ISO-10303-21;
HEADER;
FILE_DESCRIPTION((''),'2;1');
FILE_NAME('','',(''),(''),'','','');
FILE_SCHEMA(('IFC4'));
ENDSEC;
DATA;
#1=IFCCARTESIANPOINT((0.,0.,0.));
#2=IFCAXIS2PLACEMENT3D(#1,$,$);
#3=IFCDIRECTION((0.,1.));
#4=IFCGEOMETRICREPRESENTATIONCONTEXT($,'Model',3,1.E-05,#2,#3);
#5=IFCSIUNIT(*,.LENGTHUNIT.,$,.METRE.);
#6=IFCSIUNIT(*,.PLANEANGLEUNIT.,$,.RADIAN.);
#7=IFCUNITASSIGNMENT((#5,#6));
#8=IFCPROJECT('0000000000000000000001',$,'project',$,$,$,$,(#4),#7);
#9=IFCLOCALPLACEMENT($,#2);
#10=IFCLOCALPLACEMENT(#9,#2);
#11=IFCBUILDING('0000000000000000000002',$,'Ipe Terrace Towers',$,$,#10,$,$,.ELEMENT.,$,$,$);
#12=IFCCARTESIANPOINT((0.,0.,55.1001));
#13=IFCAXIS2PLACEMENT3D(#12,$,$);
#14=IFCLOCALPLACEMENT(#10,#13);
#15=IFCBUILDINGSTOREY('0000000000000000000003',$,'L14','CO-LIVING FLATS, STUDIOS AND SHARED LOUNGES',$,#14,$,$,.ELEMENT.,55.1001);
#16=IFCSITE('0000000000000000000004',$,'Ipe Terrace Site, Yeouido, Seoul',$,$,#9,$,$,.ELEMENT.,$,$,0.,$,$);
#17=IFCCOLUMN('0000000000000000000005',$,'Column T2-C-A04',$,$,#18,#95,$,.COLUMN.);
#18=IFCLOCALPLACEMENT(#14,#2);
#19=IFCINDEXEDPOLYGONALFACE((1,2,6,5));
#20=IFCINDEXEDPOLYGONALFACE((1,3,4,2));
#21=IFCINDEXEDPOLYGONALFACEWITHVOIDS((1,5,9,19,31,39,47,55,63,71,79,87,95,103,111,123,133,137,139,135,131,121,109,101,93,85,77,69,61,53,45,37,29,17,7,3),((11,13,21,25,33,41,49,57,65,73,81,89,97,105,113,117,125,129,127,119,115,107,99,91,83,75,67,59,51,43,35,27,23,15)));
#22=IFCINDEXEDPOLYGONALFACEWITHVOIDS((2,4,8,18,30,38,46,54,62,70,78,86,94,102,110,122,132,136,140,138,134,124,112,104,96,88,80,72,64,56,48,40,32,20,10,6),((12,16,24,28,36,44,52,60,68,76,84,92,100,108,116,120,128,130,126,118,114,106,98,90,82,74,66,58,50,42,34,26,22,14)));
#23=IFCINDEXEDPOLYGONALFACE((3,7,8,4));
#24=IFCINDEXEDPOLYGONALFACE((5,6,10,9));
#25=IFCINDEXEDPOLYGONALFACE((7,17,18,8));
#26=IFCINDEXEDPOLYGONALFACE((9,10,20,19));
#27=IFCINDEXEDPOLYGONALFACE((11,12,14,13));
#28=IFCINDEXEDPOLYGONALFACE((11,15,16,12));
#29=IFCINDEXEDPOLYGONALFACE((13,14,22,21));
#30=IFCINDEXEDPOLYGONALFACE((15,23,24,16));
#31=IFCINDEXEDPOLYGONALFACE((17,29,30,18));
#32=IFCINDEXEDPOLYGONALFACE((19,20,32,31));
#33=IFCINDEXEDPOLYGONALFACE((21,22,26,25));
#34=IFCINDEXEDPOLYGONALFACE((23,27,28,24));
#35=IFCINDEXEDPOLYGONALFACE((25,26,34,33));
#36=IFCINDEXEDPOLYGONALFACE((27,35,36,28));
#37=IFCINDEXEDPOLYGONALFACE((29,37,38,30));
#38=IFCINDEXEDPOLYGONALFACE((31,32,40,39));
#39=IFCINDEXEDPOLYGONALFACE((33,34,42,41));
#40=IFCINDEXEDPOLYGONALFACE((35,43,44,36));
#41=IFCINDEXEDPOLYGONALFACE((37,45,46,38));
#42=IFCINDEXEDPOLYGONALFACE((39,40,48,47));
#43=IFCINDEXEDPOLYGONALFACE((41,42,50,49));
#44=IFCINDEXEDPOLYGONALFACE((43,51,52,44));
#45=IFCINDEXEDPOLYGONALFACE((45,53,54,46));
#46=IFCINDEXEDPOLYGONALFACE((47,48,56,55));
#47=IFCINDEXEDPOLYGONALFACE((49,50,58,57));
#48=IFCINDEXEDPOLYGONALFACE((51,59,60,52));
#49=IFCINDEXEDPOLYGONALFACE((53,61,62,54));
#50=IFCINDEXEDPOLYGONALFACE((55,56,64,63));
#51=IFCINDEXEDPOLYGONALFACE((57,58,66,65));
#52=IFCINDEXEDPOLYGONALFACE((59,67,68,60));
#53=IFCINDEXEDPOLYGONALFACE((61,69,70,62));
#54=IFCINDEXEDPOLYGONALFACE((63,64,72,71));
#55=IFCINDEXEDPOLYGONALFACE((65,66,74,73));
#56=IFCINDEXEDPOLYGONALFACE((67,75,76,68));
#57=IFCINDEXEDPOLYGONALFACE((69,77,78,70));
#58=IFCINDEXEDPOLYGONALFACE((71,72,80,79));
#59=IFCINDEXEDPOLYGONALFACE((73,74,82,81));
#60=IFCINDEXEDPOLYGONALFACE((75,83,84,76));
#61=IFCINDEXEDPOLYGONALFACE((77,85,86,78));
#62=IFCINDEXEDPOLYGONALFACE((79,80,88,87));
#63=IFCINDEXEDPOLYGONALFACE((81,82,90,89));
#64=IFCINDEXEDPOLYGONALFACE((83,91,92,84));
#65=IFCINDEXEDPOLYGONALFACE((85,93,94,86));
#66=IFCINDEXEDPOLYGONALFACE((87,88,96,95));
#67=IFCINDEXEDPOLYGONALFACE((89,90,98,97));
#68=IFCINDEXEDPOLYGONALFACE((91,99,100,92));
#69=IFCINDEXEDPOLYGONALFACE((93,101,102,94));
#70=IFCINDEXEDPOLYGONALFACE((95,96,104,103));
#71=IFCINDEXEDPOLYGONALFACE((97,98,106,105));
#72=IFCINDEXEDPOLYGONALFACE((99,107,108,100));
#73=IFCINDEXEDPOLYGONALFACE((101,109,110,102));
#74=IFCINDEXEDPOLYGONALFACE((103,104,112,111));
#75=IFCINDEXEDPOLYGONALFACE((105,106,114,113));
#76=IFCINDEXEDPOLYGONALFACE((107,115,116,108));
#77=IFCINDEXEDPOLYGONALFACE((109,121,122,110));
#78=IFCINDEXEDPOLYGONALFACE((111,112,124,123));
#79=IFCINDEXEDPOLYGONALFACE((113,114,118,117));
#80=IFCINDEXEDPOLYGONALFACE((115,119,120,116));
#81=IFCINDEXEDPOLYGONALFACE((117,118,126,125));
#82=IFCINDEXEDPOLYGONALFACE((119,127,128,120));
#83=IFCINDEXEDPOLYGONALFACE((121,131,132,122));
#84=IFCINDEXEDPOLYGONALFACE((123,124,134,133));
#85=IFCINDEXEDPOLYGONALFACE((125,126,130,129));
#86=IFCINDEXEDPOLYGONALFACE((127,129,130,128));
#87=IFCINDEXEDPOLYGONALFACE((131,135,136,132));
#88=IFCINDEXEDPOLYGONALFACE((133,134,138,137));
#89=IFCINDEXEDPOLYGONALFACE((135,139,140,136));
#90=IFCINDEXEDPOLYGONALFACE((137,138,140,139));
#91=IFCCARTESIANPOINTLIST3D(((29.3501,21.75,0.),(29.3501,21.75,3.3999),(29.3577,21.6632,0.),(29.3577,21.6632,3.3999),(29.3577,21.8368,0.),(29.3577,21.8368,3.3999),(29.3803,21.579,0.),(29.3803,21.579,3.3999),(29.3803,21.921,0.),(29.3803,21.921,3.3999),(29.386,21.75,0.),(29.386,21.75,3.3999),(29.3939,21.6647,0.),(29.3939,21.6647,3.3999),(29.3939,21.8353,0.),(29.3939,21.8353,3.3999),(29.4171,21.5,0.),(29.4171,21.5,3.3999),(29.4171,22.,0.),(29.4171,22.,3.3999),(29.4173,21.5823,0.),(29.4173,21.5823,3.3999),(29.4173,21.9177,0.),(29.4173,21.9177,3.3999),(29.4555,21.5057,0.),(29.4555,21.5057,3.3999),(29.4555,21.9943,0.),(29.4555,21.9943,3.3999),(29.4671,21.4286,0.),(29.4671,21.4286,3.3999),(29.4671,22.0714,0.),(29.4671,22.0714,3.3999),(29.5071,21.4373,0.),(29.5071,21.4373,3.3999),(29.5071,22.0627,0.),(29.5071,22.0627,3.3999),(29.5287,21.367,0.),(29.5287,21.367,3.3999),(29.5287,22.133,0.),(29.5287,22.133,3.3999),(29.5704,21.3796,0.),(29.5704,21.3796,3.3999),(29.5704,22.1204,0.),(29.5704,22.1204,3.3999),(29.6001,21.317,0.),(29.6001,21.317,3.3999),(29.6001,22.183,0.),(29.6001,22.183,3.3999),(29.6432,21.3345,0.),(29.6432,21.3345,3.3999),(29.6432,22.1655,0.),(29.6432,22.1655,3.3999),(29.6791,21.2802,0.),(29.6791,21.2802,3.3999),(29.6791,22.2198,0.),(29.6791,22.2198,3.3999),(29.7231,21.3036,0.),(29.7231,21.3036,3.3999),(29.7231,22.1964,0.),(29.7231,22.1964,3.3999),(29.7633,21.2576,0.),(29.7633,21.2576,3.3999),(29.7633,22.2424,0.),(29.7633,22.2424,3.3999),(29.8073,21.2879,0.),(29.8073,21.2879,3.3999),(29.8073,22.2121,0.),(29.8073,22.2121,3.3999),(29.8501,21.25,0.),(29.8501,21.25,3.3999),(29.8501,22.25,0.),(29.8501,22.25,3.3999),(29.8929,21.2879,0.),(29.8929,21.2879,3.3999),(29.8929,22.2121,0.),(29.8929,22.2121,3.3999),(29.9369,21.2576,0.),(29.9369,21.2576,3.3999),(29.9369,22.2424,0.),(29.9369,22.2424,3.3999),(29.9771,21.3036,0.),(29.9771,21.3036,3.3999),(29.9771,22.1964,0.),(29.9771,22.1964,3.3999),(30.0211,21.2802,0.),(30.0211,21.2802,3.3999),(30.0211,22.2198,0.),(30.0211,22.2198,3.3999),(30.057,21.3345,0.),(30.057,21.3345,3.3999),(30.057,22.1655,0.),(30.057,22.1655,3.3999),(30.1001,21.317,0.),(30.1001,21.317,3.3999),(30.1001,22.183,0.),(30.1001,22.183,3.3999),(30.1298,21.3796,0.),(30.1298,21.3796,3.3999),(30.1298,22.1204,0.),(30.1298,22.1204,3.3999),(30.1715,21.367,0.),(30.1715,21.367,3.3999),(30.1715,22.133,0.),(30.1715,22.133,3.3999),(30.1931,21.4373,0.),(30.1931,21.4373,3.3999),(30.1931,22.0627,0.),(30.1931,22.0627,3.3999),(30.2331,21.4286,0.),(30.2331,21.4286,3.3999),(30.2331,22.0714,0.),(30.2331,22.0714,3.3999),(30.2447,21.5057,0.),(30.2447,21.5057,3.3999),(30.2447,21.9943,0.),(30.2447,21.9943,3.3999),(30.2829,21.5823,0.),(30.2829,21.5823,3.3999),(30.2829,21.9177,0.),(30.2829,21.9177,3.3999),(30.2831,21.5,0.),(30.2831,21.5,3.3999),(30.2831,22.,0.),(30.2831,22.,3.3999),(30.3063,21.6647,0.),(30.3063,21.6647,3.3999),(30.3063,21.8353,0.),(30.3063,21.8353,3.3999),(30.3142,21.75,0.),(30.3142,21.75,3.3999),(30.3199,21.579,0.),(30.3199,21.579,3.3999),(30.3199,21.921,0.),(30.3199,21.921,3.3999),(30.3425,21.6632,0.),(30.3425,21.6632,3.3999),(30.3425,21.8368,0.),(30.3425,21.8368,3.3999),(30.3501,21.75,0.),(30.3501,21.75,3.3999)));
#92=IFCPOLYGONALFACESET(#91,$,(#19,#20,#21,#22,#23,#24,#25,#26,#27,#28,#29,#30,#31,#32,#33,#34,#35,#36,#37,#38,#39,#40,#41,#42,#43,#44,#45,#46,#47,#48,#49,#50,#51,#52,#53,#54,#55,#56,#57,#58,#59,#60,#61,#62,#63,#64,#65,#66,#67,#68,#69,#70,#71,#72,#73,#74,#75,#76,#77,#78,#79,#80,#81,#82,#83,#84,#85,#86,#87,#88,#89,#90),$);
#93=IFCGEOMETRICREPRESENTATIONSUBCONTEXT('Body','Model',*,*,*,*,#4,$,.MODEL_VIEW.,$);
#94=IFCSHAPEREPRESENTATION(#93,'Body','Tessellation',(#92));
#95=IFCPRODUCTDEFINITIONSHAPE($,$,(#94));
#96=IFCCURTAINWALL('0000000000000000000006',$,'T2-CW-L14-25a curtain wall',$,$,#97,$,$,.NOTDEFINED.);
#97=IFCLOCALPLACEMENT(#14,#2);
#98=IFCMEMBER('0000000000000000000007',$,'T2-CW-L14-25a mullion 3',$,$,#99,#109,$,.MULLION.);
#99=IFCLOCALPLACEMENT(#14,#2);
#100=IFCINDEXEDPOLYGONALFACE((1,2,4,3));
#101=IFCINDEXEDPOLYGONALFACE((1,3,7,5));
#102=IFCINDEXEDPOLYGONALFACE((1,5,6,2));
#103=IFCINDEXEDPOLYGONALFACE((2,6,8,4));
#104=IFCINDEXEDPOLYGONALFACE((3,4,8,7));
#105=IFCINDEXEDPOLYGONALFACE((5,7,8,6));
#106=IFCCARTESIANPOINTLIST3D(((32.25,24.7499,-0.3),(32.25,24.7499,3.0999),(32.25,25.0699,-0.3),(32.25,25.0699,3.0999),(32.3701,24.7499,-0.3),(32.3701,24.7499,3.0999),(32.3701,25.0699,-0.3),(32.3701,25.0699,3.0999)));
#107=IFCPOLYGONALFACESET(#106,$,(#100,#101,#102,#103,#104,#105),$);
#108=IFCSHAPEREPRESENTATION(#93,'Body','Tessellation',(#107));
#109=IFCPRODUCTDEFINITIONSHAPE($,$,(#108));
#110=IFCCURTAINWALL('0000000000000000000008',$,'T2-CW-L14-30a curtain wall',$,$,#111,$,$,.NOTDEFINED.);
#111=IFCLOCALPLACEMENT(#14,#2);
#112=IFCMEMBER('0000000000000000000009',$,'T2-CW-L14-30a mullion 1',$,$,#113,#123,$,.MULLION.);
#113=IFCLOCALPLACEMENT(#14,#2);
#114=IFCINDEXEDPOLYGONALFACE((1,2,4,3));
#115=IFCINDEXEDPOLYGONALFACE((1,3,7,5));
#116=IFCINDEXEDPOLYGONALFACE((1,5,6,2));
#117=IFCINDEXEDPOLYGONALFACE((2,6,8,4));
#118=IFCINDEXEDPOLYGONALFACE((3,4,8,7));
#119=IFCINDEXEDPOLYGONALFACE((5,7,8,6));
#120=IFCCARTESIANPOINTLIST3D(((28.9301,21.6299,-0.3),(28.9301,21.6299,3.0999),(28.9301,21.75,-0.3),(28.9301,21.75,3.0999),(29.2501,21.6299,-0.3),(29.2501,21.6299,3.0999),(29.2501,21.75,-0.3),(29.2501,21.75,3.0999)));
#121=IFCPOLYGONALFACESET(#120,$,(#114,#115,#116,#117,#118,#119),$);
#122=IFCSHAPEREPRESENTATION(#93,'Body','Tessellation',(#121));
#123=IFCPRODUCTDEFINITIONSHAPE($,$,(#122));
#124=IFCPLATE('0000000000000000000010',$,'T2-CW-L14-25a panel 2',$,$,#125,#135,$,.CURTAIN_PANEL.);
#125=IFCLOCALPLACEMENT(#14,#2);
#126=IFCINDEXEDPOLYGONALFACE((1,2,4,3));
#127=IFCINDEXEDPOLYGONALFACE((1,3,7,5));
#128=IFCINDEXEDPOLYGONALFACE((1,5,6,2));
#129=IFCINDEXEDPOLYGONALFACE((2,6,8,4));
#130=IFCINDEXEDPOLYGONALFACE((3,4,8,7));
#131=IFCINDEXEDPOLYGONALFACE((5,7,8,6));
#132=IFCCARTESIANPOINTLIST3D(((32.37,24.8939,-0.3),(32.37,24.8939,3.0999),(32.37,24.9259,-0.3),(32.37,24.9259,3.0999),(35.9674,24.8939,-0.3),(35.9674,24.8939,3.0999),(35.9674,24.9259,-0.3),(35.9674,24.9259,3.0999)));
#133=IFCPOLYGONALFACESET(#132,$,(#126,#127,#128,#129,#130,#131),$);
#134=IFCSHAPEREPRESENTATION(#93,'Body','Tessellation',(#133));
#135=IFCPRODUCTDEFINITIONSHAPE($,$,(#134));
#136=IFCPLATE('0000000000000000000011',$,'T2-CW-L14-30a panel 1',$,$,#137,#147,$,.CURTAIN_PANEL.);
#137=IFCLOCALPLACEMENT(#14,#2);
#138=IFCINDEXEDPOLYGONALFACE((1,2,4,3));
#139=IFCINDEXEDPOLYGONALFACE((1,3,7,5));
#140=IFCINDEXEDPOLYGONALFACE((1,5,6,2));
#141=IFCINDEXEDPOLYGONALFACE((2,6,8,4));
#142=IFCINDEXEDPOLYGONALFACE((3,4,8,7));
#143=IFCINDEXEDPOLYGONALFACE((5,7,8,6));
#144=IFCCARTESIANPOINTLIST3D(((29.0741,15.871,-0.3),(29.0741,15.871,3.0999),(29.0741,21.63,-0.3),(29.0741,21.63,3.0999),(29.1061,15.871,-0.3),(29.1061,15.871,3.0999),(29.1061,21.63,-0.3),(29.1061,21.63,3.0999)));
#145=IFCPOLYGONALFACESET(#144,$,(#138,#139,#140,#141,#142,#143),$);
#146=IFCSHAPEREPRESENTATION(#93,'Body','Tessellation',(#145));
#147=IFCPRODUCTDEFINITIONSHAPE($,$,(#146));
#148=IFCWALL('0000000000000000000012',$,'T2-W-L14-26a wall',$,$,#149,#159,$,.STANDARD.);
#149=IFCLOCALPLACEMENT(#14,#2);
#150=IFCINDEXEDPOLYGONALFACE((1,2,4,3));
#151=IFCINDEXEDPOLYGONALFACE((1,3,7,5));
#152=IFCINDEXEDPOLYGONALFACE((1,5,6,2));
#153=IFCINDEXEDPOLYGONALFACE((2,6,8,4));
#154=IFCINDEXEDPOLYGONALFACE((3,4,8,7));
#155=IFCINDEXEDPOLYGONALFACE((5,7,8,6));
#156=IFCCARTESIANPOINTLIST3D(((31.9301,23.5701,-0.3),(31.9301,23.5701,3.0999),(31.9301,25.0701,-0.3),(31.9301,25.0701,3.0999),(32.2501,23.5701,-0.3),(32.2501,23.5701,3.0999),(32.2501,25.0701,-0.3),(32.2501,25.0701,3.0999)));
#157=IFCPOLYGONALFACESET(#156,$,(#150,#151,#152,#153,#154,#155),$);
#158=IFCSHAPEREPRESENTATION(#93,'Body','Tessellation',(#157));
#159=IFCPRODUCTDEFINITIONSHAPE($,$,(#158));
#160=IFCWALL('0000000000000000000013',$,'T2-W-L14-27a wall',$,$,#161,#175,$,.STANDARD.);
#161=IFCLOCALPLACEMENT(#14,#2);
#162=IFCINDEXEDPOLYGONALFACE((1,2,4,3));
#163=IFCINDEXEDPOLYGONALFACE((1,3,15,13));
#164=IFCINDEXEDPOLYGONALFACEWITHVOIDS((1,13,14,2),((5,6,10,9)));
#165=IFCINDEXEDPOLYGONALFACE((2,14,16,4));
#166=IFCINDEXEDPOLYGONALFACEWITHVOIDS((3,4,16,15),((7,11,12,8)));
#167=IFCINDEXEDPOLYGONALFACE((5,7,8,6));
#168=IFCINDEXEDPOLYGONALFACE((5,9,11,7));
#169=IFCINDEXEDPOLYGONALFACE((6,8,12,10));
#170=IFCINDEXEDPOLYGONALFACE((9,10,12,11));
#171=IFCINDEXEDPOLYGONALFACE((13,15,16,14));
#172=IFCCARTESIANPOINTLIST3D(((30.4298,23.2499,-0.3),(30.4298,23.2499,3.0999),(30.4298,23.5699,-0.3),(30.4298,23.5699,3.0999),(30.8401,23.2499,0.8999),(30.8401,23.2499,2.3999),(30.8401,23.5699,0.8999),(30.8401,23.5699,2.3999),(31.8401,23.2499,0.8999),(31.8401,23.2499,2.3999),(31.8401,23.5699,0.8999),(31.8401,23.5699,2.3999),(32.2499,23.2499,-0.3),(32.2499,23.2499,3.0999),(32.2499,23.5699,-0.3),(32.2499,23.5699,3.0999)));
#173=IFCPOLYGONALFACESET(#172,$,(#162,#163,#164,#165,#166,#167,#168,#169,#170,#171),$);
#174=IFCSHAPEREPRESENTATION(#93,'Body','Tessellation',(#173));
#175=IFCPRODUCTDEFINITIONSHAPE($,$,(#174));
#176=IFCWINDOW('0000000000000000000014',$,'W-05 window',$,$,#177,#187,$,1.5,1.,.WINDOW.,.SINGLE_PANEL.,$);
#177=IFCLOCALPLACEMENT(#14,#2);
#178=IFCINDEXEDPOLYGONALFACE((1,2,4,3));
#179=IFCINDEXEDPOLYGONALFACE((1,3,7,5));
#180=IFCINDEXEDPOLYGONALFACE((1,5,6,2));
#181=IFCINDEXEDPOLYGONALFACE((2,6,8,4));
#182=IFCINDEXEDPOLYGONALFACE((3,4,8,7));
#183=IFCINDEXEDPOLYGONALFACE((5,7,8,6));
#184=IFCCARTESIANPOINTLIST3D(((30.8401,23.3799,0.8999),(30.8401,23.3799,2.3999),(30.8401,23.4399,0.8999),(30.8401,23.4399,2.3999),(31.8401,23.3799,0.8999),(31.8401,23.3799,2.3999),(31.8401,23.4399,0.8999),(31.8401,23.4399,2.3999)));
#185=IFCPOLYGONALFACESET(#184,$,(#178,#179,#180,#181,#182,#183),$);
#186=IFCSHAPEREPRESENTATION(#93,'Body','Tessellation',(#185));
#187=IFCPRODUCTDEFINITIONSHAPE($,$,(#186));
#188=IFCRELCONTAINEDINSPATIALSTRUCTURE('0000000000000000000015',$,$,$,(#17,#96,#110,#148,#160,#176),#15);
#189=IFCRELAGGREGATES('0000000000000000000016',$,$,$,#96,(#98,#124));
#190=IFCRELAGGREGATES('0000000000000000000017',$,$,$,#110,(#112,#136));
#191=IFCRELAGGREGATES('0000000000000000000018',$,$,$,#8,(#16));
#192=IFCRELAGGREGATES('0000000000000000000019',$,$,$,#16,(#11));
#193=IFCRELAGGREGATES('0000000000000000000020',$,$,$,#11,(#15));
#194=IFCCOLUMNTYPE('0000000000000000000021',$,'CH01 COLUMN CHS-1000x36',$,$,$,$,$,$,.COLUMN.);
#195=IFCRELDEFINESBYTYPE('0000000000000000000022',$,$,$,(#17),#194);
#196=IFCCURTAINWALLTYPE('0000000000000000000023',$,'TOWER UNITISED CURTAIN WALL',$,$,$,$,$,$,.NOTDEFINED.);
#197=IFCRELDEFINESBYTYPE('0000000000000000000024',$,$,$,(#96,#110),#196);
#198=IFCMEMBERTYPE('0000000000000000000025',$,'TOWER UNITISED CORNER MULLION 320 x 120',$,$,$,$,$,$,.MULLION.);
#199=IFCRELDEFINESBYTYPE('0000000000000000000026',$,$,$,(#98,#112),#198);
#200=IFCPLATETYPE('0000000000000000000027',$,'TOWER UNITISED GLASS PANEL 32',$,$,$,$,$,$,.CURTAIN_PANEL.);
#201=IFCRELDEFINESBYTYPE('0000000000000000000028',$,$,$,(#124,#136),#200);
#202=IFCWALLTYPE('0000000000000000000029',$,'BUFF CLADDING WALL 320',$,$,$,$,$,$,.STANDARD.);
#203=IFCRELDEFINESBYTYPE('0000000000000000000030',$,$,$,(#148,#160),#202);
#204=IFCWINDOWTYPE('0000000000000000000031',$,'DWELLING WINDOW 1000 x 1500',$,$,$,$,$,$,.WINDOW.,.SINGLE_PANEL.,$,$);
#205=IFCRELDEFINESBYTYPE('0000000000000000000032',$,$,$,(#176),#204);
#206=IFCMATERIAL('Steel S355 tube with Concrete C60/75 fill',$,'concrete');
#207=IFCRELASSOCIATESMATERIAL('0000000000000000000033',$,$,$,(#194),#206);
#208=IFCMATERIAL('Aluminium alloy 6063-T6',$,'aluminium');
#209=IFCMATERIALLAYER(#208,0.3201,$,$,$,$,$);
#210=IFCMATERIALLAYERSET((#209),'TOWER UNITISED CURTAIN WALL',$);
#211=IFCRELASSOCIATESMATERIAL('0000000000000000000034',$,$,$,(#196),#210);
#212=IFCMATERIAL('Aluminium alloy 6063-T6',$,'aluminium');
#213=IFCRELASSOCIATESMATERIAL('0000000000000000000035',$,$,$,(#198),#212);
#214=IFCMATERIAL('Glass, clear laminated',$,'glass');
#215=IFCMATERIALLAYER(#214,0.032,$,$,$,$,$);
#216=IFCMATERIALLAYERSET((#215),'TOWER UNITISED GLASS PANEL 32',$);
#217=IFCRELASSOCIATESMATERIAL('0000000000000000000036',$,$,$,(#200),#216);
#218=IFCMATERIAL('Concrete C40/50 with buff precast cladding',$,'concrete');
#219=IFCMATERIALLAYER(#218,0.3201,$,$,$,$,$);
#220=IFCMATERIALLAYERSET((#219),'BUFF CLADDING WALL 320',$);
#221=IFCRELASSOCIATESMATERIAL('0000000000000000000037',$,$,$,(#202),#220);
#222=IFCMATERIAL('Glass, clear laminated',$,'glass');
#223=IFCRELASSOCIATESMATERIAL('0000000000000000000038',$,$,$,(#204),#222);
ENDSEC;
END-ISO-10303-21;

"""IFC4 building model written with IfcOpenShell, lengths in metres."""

from ifc_helpers import new_model, si_unit, direction, frame, frame_2d, origin, origin_2d, place, context, subcontext, project, spatial, rectangle, hollow_circle, extrude, material, layer, layer_set, material_profile, profile_set, type_object, element, fill, aggregate, save


model = new_model("IFC4")

# Units and contexts
model_context = context("Model", 3, precision=1e-05, world=origin(), true_north=direction((0.0, 1.0)))
body_context = subcontext(model_context, "Body", "Model", "MODEL_VIEW")
ifc_project = project(units=[si_unit("LENGTHUNIT", "METRE"), si_unit("PLANEANGLEUNIT", "RADIAN")], contexts=[model_context])

# Site, building, storey
site_placement = place(None, origin())
site = spatial("IfcSite", under=ifc_project, at=site_placement, Name="Ipe Terrace Site, Yeouido, Seoul", CompositionType="ELEMENT", RefElevation=0.0)
building_placement = place(site_placement, origin())
building = spatial("IfcBuilding", under=site, at=building_placement, Name="Ipe Terrace Towers", CompositionType="ELEMENT")
storey_placement = place(building_placement, frame((0.0, 0.0, 55.1001)))
storey = spatial("IfcBuildingStorey", under=building, at=storey_placement, Name="L14", Description="CO-LIVING FLATS, STUDIOS AND SHARED LOUNGES", CompositionType="ELEMENT", Elevation=55.1001)

# Column
ifc_material_1 = material(Name="Steel S355 tube with Concrete C60/75 fill", Category="concrete")
ifc_material_profile_1 = material_profile(ifc_material_1, hollow_circle(Radius=0.5, WallThickness=0.0359, at=origin_2d()), Name="CHS-1000x36")
ifc_profile_set_1 = profile_set([ifc_material_profile_1], Name="Steel S355 tube with Concrete C60/75 fill")
column_type = type_object("IfcColumnType", Name="CH01 COLUMN CHS-1000x36", PredefinedType="COLUMN", material=ifc_profile_set_1)
column_placement = place(storey_placement, frame((29.8501, 21.75, 0.0), z_axis=(0.0, 0.0, 1.0), x_axis=(1.0, 0.0, 0.0)))
element("IfcColumn", 1, at=column_placement, inside=storey, type_object=column_type, Name="Column T2-C-A04", PredefinedType="COLUMN", context=body_context, shape_type="SweptSolid", body=[
    extrude(hollow_circle(Radius=0.5, WallThickness=0.0359, at=origin_2d()), origin(), (0.0, 0.0, 1.0), 3.3999),
])

# Curtain walls, members
ifc_material_2 = material(Name="Aluminium alloy 6063-T6", Category="aluminium")
ifc_layer_1 = layer(ifc_material_2, 0.3201)
ifc_layer_set_1 = layer_set([ifc_layer_1], Name="TOWER UNITISED CURTAIN WALL")
curtain_wall_type = type_object("IfcCurtainWallType", Name="TOWER UNITISED CURTAIN WALL", PredefinedType="NOTDEFINED", material=ifc_layer_set_1)
curtain_wall_1_placement = place(storey_placement, origin())
curtain_wall_1 = element("IfcCurtainWall", 2, at=curtain_wall_1_placement, inside=storey, type_object=curtain_wall_type, Name="T2-CW-L14-25a curtain wall", PredefinedType="NOTDEFINED")
ifc_material_3 = material(Name="Aluminium alloy 6063-T6", Category="aluminium")
ifc_material_profile_2 = material_profile(ifc_material_3, rectangle(XDim=0.3201, YDim=0.1201, at=origin_2d()), Name="TOWER UNITISED CORNER MULLION 320 x 120")
ifc_profile_set_2 = profile_set([ifc_material_profile_2], Name="Aluminium alloy 6063-T6")
member_type = type_object("IfcMemberType", Name="TOWER UNITISED CORNER MULLION 320 x 120", PredefinedType="MULLION", material=ifc_profile_set_2)
member_1_placement = place(storey_placement, frame((32.3101, 24.9099, -0.3), z_axis=(0.0, 0.0, 1.0), x_axis=(0.0, 1.0, 0.0)))
member_1 = element("IfcMember", 3, at=member_1_placement, type_object=member_type, Name="T2-CW-L14-25a mullion 3", PredefinedType="MULLION", context=body_context, shape_type="SweptSolid", body=[
    extrude(rectangle(XDim=0.3201, YDim=0.1201, at=origin_2d()), origin(), (0.0, 0.0, 1.0), 3.3999),
])
curtain_wall_2_placement = place(storey_placement, origin())
curtain_wall_2 = element("IfcCurtainWall", 4, at=curtain_wall_2_placement, inside=storey, type_object=curtain_wall_type, Name="T2-CW-L14-30a curtain wall", PredefinedType="NOTDEFINED")
member_2_placement = place(storey_placement, frame((29.0901, 21.6899, -0.3), z_axis=(0.0, 0.0, 1.0), x_axis=(-1.0, 0.0, 0.0)))
member_2 = element("IfcMember", 5, at=member_2_placement, type_object=member_type, Name="T2-CW-L14-30a mullion 1", PredefinedType="MULLION", context=body_context, shape_type="SweptSolid", body=[
    extrude(rectangle(XDim=0.3201, YDim=0.1201, at=origin_2d()), origin(), (0.0, 0.0, 1.0), 3.3999),
])

# Plates
ifc_material_4 = material(Name="Glass, clear laminated", Category="glass")
ifc_layer_2 = layer(ifc_material_4, 0.032)
ifc_layer_set_2 = layer_set([ifc_layer_2], Name="TOWER UNITISED GLASS PANEL 32")
plate_type = type_object("IfcPlateType", Name="TOWER UNITISED GLASS PANEL 32", PredefinedType="CURTAIN_PANEL", material=ifc_layer_set_2)
plate_1_placement = place(storey_placement, frame((34.1687, 24.9099, -0.3), z_axis=(0.0, 0.0, 1.0), x_axis=(-1.0, 0.0, 0.0)))
plate_1 = element("IfcPlate", 6, at=plate_1_placement, type_object=plate_type, Name="T2-CW-L14-25a panel 2", PredefinedType="CURTAIN_PANEL", context=body_context, shape_type="SweptSolid", body=[
    extrude(rectangle(XDim=3.5974, YDim=0.032, at=origin_2d()), origin(), (0.0, 0.0, 1.0), 3.3999),
])
aggregate(curtain_wall_1, [member_1, plate_1])
plate_2_placement = place(storey_placement, frame((29.0901, 18.7505, -0.3), z_axis=(0.0, 0.0, 1.0), x_axis=(0.0, -1.0, 0.0)))
plate_2 = element("IfcPlate", 7, at=plate_2_placement, type_object=plate_type, Name="T2-CW-L14-30a panel 1", PredefinedType="CURTAIN_PANEL", context=body_context, shape_type="SweptSolid", body=[
    extrude(rectangle(XDim=5.759, YDim=0.032, at=origin_2d()), origin(), (0.0, 0.0, 1.0), 3.3999),
])
aggregate(curtain_wall_2, [member_2, plate_2])

# Wall
ifc_material_5 = material(Name="Concrete C40/50 with buff precast cladding", Category="concrete")
ifc_layer_3 = layer(ifc_material_5, 0.3201)
ifc_layer_set_3 = layer_set([ifc_layer_3], Name="BUFF CLADDING WALL 320")
wall_type_1 = type_object("IfcWallType", Name="BUFF CLADDING WALL 320", PredefinedType="STANDARD", material=ifc_layer_set_3)
wall_1_placement = place(storey_placement, frame((32.0901, 25.0701, -0.3), z_axis=(0.0, 0.0, 1.0), x_axis=(0.0, -1.0, 0.0)))
element("IfcWall", 8, at=wall_1_placement, inside=storey, type_object=wall_type_1, Name="T2-W-L14-26a wall", PredefinedType="STANDARD", context=body_context, shape_type="SweptSolid", body=[
    extrude(rectangle(XDim=1.5, YDim=0.3201, at=frame_2d((0.75, 0.0))), origin(), (0.0, 0.0, 1.0), 3.3999),
])

# Wall, opening, window
wall_2_placement = place(storey_placement, frame((32.25, 23.4099, -0.3), z_axis=(0.0, 0.0, 1.0), x_axis=(-1.0, 0.0, 0.0)))
wall_2 = element("IfcWall", 9, at=wall_2_placement, inside=storey, type_object=wall_type_1, Name="T2-W-L14-27a wall", PredefinedType="STANDARD", context=body_context, shape_type="SweptSolid", body=[
    extrude(rectangle(XDim=1.8201, YDim=0.3201, at=frame_2d((0.9102, 0.0))), origin(), (0.0, 0.0, 1.0), 3.3999),
])
opening_1_placement = place(wall_2_placement, frame((0.4099, 0.0, 1.2)))
opening_1 = element("IfcOpeningElement", 10, at=opening_1_placement, cuts=wall_2, PredefinedType="OPENING", context=body_context, shape_type="SweptSolid", body=[
    extrude(rectangle(XDim=1.0, YDim=1.5, at=frame_2d((0.5, 0.75))), frame((0.0, 0.1699, 0.0), z_axis=(0.0, -1.0, 0.0), x_axis=(1.0, 0.0, 0.0)), (0.0, 0.0, 1.0), 0.3401),
])
ifc_material_6 = material(Name="Glass, clear laminated", Category="glass")
window_type = type_object("IfcWindowType", Name="DWELLING WINDOW 1000 x 1500", PartitioningType="SINGLE_PANEL", PredefinedType="WINDOW", material=ifc_material_6)
window_placement = place(opening_1_placement, origin())
window = element("IfcWindow", 11, at=window_placement, inside=storey, type_object=window_type, Name="W-05 window", OverallHeight=1.5, OverallWidth=1.0, PartitioningType="SINGLE_PANEL", PredefinedType="WINDOW", context=body_context, shape_type="SweptSolid", body=[
    extrude(rectangle(XDim=1.0, YDim=1.5, at=frame_2d((0.5, 0.75))), frame((0.0, 0.03, 0.0), z_axis=(0.0, -1.0, 0.0), x_axis=(1.0, 0.0, 0.0)), (0.0, 0.0, 1.0), 0.0601),
])
fill(opening_1, window)

save(model, "model.ifc")
